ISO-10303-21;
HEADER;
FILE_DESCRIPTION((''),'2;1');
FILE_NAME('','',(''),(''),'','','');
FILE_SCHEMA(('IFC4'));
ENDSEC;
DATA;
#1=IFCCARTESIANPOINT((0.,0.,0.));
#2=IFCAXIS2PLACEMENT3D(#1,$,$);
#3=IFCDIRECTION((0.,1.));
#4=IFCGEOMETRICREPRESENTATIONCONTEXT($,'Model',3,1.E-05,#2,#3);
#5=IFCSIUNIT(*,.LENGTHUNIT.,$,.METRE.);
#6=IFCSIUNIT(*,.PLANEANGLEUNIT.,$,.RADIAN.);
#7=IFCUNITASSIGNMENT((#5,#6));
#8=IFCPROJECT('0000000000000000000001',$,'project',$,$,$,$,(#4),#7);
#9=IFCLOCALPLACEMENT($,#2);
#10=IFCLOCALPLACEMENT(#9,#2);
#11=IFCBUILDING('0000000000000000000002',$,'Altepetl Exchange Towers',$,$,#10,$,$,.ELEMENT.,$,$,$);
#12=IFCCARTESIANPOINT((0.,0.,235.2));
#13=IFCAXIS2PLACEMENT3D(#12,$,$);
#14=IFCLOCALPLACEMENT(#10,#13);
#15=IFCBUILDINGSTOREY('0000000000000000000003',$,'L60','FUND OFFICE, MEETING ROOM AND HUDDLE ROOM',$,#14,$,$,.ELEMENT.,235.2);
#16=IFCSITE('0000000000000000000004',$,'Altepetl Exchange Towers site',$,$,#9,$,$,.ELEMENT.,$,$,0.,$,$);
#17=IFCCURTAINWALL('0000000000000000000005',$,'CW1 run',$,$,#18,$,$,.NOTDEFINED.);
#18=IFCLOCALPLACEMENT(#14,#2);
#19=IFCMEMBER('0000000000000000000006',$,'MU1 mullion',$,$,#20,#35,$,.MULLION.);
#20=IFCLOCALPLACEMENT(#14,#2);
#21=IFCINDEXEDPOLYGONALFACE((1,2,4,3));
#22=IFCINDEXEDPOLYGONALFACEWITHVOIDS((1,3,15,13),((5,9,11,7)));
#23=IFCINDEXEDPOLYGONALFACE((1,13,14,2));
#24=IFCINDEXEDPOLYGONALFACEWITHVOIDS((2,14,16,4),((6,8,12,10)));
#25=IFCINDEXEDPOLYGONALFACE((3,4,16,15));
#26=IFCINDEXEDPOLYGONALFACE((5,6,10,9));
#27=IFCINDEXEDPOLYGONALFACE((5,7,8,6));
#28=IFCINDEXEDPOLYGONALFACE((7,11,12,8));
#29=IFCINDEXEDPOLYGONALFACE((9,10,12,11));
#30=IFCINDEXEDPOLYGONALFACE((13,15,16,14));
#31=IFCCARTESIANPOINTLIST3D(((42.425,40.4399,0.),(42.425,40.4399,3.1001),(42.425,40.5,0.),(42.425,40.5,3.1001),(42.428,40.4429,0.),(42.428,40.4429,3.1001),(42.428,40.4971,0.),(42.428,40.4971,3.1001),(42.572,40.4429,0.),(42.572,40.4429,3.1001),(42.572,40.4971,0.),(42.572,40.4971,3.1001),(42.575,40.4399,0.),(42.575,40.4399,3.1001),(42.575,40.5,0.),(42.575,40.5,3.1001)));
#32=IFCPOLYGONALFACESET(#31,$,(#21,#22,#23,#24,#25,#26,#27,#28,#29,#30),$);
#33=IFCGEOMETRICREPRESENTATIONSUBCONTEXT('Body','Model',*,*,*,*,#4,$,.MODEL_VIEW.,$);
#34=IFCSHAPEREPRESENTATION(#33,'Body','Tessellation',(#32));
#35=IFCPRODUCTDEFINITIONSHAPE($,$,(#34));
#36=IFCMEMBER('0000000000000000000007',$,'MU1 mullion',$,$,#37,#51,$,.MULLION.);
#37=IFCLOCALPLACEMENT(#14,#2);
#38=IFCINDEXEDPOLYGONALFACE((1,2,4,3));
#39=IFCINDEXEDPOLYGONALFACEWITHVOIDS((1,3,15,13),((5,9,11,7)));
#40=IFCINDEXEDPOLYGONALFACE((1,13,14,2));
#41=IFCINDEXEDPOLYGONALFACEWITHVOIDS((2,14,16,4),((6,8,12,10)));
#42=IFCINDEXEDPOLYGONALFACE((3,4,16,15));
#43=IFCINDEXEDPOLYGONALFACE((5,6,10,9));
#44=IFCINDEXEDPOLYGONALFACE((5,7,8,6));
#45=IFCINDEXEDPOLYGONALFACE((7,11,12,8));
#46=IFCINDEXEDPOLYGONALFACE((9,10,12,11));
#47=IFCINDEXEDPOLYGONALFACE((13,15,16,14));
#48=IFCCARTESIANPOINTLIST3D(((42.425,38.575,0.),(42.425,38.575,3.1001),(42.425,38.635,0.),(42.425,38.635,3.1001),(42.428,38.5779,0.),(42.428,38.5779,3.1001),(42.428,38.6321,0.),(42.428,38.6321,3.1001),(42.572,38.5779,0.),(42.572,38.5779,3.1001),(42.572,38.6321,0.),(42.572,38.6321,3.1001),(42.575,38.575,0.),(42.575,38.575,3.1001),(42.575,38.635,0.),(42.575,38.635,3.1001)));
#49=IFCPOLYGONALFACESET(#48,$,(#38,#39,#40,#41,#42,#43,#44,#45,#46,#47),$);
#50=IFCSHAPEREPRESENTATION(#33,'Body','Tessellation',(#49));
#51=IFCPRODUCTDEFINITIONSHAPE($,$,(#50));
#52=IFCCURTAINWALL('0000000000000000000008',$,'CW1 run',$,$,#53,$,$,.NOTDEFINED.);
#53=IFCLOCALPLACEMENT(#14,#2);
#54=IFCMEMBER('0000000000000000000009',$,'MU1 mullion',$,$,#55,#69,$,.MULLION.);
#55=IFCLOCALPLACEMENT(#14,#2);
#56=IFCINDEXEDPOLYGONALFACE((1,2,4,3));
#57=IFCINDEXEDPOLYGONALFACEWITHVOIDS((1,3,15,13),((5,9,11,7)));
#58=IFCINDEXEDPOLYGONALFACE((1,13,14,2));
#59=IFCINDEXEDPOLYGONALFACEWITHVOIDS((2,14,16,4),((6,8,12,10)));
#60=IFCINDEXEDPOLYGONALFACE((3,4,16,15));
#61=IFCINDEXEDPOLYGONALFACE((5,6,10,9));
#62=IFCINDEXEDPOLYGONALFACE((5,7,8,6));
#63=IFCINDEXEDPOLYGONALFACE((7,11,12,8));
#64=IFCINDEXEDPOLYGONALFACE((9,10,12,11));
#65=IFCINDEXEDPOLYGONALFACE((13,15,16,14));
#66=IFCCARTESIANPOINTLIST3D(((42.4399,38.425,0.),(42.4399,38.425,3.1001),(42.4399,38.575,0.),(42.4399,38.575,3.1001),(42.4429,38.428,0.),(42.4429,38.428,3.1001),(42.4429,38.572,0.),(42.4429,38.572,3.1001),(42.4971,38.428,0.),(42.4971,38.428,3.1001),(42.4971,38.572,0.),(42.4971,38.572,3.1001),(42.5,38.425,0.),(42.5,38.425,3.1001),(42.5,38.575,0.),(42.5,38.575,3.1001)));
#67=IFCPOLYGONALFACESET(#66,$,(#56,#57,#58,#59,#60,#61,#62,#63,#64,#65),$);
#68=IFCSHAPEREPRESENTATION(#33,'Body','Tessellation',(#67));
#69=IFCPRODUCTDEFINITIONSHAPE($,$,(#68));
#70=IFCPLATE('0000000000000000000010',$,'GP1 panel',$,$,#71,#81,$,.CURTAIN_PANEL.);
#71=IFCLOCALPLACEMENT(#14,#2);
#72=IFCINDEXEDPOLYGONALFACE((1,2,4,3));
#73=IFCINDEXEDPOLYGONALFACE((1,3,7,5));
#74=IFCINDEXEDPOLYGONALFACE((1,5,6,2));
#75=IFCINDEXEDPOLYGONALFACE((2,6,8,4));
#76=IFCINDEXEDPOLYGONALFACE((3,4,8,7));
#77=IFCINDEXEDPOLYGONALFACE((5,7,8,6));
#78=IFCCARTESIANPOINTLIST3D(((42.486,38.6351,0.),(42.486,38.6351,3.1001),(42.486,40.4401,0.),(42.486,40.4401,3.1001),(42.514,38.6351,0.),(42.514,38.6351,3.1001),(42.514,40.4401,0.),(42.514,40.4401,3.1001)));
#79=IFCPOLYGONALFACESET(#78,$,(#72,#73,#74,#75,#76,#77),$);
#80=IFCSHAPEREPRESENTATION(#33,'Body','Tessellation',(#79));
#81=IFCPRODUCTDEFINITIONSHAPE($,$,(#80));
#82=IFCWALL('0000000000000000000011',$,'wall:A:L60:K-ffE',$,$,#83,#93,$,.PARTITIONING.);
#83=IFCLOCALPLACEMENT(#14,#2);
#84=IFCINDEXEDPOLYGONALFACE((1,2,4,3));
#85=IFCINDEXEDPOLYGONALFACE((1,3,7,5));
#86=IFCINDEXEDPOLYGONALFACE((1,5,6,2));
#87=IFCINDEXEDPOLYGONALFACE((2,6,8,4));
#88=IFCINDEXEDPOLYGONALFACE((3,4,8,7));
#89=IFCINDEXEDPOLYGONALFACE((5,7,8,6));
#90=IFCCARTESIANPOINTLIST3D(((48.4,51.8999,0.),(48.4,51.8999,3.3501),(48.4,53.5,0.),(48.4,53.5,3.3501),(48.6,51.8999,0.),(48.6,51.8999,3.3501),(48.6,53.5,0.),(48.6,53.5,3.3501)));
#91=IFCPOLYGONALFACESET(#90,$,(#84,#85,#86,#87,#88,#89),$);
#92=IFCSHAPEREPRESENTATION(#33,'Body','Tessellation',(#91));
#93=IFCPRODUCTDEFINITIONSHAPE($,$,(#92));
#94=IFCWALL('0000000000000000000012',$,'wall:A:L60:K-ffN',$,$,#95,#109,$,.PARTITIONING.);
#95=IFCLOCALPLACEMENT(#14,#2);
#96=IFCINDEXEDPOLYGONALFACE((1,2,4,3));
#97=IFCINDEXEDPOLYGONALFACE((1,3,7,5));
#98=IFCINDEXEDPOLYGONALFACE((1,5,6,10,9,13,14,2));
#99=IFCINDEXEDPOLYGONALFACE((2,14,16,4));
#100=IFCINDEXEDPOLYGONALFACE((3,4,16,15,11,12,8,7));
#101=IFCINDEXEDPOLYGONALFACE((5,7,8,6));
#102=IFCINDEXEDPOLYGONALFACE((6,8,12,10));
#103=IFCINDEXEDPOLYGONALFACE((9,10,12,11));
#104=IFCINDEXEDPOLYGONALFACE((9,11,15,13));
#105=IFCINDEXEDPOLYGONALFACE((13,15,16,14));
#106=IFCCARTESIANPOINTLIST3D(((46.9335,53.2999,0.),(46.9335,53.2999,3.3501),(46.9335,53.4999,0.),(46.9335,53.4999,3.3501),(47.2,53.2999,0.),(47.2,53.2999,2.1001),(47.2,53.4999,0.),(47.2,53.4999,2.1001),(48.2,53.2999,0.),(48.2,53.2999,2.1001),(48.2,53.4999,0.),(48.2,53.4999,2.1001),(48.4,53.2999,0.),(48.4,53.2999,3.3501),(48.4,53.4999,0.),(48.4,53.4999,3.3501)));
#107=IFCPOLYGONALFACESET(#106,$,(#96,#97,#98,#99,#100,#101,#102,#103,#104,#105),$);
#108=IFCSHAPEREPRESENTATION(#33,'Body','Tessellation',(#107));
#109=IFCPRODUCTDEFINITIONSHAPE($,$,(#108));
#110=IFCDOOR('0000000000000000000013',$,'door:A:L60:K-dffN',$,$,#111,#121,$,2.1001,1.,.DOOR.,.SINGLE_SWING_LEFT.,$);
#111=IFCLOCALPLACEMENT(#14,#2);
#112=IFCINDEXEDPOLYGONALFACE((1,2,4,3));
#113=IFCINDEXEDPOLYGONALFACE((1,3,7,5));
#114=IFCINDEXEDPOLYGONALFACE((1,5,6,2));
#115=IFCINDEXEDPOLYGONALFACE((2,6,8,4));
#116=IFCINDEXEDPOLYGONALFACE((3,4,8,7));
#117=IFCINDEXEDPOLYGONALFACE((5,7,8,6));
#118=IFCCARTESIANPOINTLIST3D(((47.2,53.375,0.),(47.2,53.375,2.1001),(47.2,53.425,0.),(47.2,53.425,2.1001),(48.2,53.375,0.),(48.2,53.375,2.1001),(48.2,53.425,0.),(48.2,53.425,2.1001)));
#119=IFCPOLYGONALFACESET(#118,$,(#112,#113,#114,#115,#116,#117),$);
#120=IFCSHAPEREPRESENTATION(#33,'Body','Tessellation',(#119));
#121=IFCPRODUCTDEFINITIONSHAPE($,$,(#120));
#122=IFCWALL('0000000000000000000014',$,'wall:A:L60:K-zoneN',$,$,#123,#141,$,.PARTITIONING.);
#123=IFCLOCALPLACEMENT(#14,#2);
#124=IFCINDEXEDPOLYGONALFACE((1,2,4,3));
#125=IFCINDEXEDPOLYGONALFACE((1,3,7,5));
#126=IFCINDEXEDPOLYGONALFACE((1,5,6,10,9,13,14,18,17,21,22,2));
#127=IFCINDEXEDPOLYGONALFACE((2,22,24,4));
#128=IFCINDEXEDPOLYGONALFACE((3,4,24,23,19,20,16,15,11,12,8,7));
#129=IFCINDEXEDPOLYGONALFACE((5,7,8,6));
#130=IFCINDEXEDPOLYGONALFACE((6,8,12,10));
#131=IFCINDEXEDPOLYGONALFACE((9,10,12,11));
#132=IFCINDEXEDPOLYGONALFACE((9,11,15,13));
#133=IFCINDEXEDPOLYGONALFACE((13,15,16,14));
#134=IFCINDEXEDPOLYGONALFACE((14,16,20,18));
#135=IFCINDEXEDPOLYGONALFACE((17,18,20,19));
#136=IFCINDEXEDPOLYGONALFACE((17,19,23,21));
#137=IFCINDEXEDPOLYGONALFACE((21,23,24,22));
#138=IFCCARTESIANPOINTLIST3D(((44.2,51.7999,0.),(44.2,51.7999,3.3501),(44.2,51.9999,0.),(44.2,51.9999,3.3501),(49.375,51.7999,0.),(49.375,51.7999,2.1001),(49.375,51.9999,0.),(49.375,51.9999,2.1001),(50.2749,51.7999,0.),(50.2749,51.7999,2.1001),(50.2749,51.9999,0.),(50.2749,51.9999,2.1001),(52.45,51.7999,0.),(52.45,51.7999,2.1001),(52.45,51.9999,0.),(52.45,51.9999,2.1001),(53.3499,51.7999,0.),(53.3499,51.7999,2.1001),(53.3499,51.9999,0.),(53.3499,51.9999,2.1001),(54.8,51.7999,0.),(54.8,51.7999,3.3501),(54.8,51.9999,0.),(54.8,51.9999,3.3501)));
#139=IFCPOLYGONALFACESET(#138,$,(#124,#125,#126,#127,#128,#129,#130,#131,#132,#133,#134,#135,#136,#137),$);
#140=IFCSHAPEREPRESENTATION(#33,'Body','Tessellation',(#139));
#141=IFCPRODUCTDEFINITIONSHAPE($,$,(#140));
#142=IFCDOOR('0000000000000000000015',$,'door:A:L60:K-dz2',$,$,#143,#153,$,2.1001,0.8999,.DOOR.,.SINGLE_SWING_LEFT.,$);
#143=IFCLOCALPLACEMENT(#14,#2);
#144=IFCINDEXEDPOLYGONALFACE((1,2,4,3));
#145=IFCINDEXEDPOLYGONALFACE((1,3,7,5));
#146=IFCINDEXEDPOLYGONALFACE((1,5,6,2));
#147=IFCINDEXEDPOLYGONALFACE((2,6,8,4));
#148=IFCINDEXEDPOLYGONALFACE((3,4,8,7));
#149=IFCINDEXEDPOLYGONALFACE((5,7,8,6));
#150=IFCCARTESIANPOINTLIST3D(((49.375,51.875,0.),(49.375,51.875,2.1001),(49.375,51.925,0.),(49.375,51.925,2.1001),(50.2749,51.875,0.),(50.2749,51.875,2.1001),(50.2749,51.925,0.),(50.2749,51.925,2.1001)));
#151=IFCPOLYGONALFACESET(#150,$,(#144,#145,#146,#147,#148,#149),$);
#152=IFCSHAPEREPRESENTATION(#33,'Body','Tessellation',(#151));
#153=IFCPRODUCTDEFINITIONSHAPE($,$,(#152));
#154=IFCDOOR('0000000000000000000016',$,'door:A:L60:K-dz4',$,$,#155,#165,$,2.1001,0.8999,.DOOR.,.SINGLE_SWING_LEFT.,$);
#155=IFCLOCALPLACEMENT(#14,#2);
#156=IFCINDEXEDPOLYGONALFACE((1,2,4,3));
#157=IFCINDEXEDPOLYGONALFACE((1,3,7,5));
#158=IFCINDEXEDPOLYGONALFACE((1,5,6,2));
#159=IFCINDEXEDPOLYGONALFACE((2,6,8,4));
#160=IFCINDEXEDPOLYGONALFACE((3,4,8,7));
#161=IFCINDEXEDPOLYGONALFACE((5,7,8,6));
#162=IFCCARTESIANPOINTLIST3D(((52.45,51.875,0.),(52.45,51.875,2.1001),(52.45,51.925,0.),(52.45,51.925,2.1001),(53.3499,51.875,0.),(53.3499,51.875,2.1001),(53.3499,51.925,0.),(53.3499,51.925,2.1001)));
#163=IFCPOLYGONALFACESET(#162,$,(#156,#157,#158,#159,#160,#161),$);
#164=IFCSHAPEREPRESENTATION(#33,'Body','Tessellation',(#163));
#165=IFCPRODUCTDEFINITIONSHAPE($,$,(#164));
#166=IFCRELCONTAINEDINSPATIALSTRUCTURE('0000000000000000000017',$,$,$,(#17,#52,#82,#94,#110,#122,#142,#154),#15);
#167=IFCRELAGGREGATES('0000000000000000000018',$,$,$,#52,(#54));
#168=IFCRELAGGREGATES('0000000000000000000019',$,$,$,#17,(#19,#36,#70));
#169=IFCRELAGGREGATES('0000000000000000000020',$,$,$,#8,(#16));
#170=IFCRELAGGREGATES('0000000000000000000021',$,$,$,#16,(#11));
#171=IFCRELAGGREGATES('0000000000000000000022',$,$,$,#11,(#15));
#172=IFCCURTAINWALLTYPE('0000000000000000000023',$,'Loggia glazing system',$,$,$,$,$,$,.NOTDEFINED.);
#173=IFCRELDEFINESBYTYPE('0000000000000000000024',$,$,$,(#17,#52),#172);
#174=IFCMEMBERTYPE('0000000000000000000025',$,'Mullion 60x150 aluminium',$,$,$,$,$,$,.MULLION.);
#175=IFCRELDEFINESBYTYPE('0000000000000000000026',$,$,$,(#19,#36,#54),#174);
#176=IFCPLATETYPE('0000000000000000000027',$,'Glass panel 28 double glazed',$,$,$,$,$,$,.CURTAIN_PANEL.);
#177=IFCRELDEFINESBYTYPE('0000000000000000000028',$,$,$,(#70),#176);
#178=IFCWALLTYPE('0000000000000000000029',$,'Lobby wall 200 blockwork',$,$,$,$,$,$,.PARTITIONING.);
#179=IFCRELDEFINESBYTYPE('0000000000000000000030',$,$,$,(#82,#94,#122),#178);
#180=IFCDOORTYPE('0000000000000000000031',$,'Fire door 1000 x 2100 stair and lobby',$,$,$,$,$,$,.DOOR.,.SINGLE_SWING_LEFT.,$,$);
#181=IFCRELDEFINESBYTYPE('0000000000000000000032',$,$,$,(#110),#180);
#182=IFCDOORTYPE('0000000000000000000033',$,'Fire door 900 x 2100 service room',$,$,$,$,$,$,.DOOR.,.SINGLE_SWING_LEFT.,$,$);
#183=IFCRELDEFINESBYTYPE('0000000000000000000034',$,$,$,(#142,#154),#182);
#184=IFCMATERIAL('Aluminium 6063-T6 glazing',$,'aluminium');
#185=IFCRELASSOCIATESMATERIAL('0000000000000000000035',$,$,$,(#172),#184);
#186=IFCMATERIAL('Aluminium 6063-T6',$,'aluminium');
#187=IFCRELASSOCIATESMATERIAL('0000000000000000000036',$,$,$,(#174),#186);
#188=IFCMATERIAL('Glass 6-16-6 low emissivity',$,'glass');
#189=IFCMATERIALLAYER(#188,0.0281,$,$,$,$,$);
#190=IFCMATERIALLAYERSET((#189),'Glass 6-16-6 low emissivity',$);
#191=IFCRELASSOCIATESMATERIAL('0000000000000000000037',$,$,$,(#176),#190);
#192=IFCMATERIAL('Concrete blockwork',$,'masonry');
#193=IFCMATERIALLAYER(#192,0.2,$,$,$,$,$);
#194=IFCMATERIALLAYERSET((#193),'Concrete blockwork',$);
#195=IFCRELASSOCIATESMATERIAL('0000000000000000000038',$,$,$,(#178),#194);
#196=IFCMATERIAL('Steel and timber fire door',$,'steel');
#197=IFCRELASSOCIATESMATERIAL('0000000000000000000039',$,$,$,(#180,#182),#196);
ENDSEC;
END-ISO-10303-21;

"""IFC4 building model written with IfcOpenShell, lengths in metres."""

from ifc_helpers import new_model, si_unit, direction, frame, frame_2d, origin, origin_2d, place, context, subcontext, project, spatial, rectangle, hollow_rectangle, extrude, material, layer, layer_set, material_profile, profile_set, type_object, element, fill, aggregate, save


model = new_model("IFC4")

# Units and contexts
model_context = context("Model", 3, precision=1e-05, world=origin(), true_north=direction((0.0, 1.0)))
body_context = subcontext(model_context, "Body", "Model", "MODEL_VIEW")
ifc_project = project(units=[si_unit("LENGTHUNIT", "METRE"), si_unit("PLANEANGLEUNIT", "RADIAN")], contexts=[model_context])

# Site, building, storey
site_placement = place(None, origin())
site = spatial("IfcSite", under=ifc_project, at=site_placement, Name="Altepetl Exchange Towers site", CompositionType="ELEMENT", RefElevation=0.0)
building_placement = place(site_placement, origin())
building = spatial("IfcBuilding", under=site, at=building_placement, Name="Altepetl Exchange Towers", CompositionType="ELEMENT")
storey_placement = place(building_placement, frame((0.0, 0.0, 235.2)))
storey = spatial("IfcBuildingStorey", under=building, at=storey_placement, Name="L60", Description="FUND OFFICE, MEETING ROOM AND HUDDLE ROOM", CompositionType="ELEMENT", Elevation=235.2)

# Curtain wall, members
ifc_material_1 = material(Name="Aluminium 6063-T6 glazing", Category="aluminium")
curtain_wall_type = type_object("IfcCurtainWallType", Name="Loggia glazing system", PredefinedType="NOTDEFINED", material=ifc_material_1)
curtain_wall_1_placement = place(storey_placement, origin())
curtain_wall_1 = element("IfcCurtainWall", 1, at=curtain_wall_1_placement, inside=storey, type_object=curtain_wall_type, Name="CW1 run", PredefinedType="NOTDEFINED")
ifc_material_2 = material(Name="Aluminium 6063-T6", Category="aluminium")
ifc_material_profile = material_profile(ifc_material_2, hollow_rectangle(XDim=0.0601, YDim=0.1499, WallThickness=0.0029, at=origin_2d()), Name="Mullion 60x150 aluminium")
ifc_profile_set = profile_set([ifc_material_profile], Name="Aluminium 6063-T6")
member_type = type_object("IfcMemberType", Name="Mullion 60x150 aluminium", PredefinedType="MULLION", material=ifc_profile_set)
member_1_placement = place(storey_placement, frame((42.5, 40.47, 0.0), z_axis=(0.0, 0.0, 1.0), x_axis=(0.0, -1.0, 0.0)))
member_1 = element("IfcMember", 2, at=member_1_placement, type_object=member_type, Name="MU1 mullion", PredefinedType="MULLION", context=body_context, shape_type="SweptSolid", body=[
    extrude(hollow_rectangle(XDim=0.0601, YDim=0.1499, WallThickness=0.0029, at=origin_2d()), origin(), (0.0, 0.0, 1.0), 3.1001),
])
member_2_placement = place(storey_placement, frame((42.5, 38.605, 0.0), z_axis=(0.0, 0.0, 1.0), x_axis=(0.0, -1.0, 0.0)))
member_2 = element("IfcMember", 3, at=member_2_placement, type_object=member_type, Name="MU1 mullion", PredefinedType="MULLION", context=body_context, shape_type="SweptSolid", body=[
    extrude(hollow_rectangle(XDim=0.0601, YDim=0.1499, WallThickness=0.0029, at=origin_2d()), origin(), (0.0, 0.0, 1.0), 3.1001),
])

# Curtain wall, member
curtain_wall_2_placement = place(storey_placement, origin())
curtain_wall_2 = element("IfcCurtainWall", 4, at=curtain_wall_2_placement, inside=storey, type_object=curtain_wall_type, Name="CW1 run", PredefinedType="NOTDEFINED")
member_3_placement = place(storey_placement, frame((42.47, 38.5, 0.0), z_axis=(0.0, 0.0, 1.0), x_axis=(-1.0, 0.0, 0.0)))
member_3 = element("IfcMember", 5, at=member_3_placement, type_object=member_type, Name="MU1 mullion", PredefinedType="MULLION", context=body_context, shape_type="SweptSolid", body=[
    extrude(hollow_rectangle(XDim=0.0601, YDim=0.1499, WallThickness=0.0029, at=origin_2d()), origin(), (0.0, 0.0, 1.0), 3.1001),
])
aggregate(curtain_wall_2, [member_3])

# Plate
ifc_material_3 = material(Name="Glass 6-16-6 low emissivity", Category="glass")
ifc_layer_1 = layer(ifc_material_3, 0.0281)
ifc_layer_set_1 = layer_set([ifc_layer_1], Name="Glass 6-16-6 low emissivity")
plate_type = type_object("IfcPlateType", Name="Glass panel 28 double glazed", PredefinedType="CURTAIN_PANEL", material=ifc_layer_set_1)
plate_placement = place(storey_placement, frame((42.5, 39.5376, 0.0), z_axis=(0.0, 0.0, 1.0), x_axis=(0.0, -1.0, 0.0)))
plate = element("IfcPlate", 6, at=plate_placement, type_object=plate_type, Name="GP1 panel", PredefinedType="CURTAIN_PANEL", context=body_context, shape_type="SweptSolid", body=[
    extrude(rectangle(XDim=1.8049, YDim=0.0281, at=origin_2d()), origin(), (0.0, 0.0, 1.0), 3.1001),
])
aggregate(curtain_wall_1, [member_1, member_2, plate])

# Wall
ifc_material_4 = material(Name="Concrete blockwork", Category="masonry")
ifc_layer_2 = layer(ifc_material_4, 0.2)
ifc_layer_set_2 = layer_set([ifc_layer_2], Name="Concrete blockwork")
wall_type_1 = type_object("IfcWallType", Name="Lobby wall 200 blockwork", PredefinedType="PARTITIONING", material=ifc_layer_set_2)
wall_1_placement = place(storey_placement, frame((48.5, 51.8999, 0.0), z_axis=(0.0, 0.0, 1.0), x_axis=(0.0, 1.0, 0.0)))
element("IfcWall", 7, at=wall_1_placement, inside=storey, type_object=wall_type_1, Name="wall:A:L60:K-ffE", PredefinedType="PARTITIONING", context=body_context, shape_type="SweptSolid", body=[
    extrude(rectangle(XDim=1.6001, YDim=0.2, at=frame_2d((0.8, 0.0))), origin(), (0.0, 0.0, 1.0), 3.3501),
])

# Wall, opening, door
wall_2_placement = place(storey_placement, frame((46.9333, 53.3999, 0.0)))
wall_2 = element("IfcWall", 8, at=wall_2_placement, inside=storey, type_object=wall_type_1, Name="wall:A:L60:K-ffN", PredefinedType="PARTITIONING", context=body_context, shape_type="SweptSolid", body=[
    extrude(rectangle(XDim=1.4666, YDim=0.2, at=frame_2d((0.7334, 0.0))), origin(), (0.0, 0.0, 1.0), 3.3501),
])
opening_1_placement = place(wall_2_placement, frame((0.2666, 0.0, 0.0)))
opening_1 = element("IfcOpeningElement", 9, at=opening_1_placement, cuts=wall_2, PredefinedType="OPENING", context=body_context, shape_type="SweptSolid", body=[
    extrude(rectangle(XDim=1.0, YDim=2.1001, at=frame_2d((0.5, 1.05))), frame((0.0, 0.1099, 0.0), z_axis=(0.0, -1.0, 0.0), x_axis=(1.0, 0.0, 0.0)), (0.0, 0.0, 1.0), 0.22),
])
ifc_material_5 = material(Name="Steel and timber fire door", Category="steel")
door_type_1 = type_object("IfcDoorType", Name="Fire door 1000 x 2100 stair and lobby", OperationType="SINGLE_SWING_LEFT", PredefinedType="DOOR", material=ifc_material_5)
door_1_placement = place(opening_1_placement, frame((1.0, 0.0, 0.0), x_axis=(-1.0, 0.0, 0.0)))
door_1 = element("IfcDoor", 10, at=door_1_placement, inside=storey, type_object=door_type_1, Name="door:A:L60:K-dffN", OperationType="SINGLE_SWING_LEFT", OverallHeight=2.1001, OverallWidth=1.0, PredefinedType="DOOR", context=body_context, shape_type="SweptSolid", body=[
    extrude(rectangle(XDim=1.0, YDim=2.1001, at=frame_2d((0.5, 1.05))), frame((0.0, 0.0249, 0.0), z_axis=(0.0, -1.0, 0.0), x_axis=(1.0, 0.0, 0.0)), (0.0, 0.0, 1.0), 0.05),
])
fill(opening_1, door_1)

# Wall, openings, doors
wall_3_placement = place(storey_placement, frame((44.2, 51.8999, 0.0)))
wall_3 = element("IfcWall", 11, at=wall_3_placement, inside=storey, type_object=wall_type_1, Name="wall:A:L60:K-zoneN", PredefinedType="PARTITIONING", context=body_context, shape_type="SweptSolid", body=[
    extrude(rectangle(XDim=10.6001, YDim=0.2, at=frame_2d((5.3, 0.0))), origin(), (0.0, 0.0, 1.0), 3.3501),
])
opening_2_placement = place(wall_3_placement, frame((5.175, 0.0, 0.0)))
opening_2 = element("IfcOpeningElement", 12, at=opening_2_placement, cuts=wall_3, PredefinedType="OPENING", context=body_context, shape_type="SweptSolid", body=[
    extrude(rectangle(XDim=0.8999, YDim=2.1001, at=frame_2d((0.45, 1.05))), frame((0.0, 0.1099, 0.0), z_axis=(0.0, -1.0, 0.0), x_axis=(1.0, 0.0, 0.0)), (0.0, 0.0, 1.0), 0.22),
])
opening_3_placement = place(wall_3_placement, frame((8.25, 0.0, 0.0)))
opening_3 = element("IfcOpeningElement", 13, at=opening_3_placement, cuts=wall_3, PredefinedType="OPENING", context=body_context, shape_type="SweptSolid", body=[
    extrude(rectangle(XDim=0.8999, YDim=2.1001, at=frame_2d((0.45, 1.05))), frame((0.0, 0.1099, 0.0), z_axis=(0.0, -1.0, 0.0), x_axis=(1.0, 0.0, 0.0)), (0.0, 0.0, 1.0), 0.22),
])
door_type_2 = type_object("IfcDoorType", Name="Fire door 900 x 2100 service room", OperationType="SINGLE_SWING_LEFT", PredefinedType="DOOR", material=ifc_material_5)
door_2_placement = place(opening_2_placement, frame((0.8999, 0.0, 0.0), x_axis=(-1.0, 0.0, 0.0)))
door_2 = element("IfcDoor", 14, at=door_2_placement, inside=storey, type_object=door_type_2, Name="door:A:L60:K-dz2", OperationType="SINGLE_SWING_LEFT", OverallHeight=2.1001, OverallWidth=0.8999, PredefinedType="DOOR", context=body_context, shape_type="SweptSolid", body=[
    extrude(rectangle(XDim=0.8999, YDim=2.1001, at=frame_2d((0.45, 1.05))), frame((0.0, 0.0249, 0.0), z_axis=(0.0, -1.0, 0.0), x_axis=(1.0, 0.0, 0.0)), (0.0, 0.0, 1.0), 0.05),
])
fill(opening_2, door_2)
door_3_placement = place(opening_3_placement, frame((0.8999, 0.0, 0.0), x_axis=(-1.0, 0.0, 0.0)))
door_3 = element("IfcDoor", 15, at=door_3_placement, inside=storey, type_object=door_type_2, Name="door:A:L60:K-dz4", OperationType="SINGLE_SWING_LEFT", OverallHeight=2.1001, OverallWidth=0.8999, PredefinedType="DOOR", context=body_context, shape_type="SweptSolid", body=[
    extrude(rectangle(XDim=0.8999, YDim=2.1001, at=frame_2d((0.45, 1.05))), frame((0.0, 0.0249, 0.0), z_axis=(0.0, -1.0, 0.0), x_axis=(1.0, 0.0, 0.0)), (0.0, 0.0, 1.0), 0.05),
])
fill(opening_3, door_3)

save(model, "model.ifc")
